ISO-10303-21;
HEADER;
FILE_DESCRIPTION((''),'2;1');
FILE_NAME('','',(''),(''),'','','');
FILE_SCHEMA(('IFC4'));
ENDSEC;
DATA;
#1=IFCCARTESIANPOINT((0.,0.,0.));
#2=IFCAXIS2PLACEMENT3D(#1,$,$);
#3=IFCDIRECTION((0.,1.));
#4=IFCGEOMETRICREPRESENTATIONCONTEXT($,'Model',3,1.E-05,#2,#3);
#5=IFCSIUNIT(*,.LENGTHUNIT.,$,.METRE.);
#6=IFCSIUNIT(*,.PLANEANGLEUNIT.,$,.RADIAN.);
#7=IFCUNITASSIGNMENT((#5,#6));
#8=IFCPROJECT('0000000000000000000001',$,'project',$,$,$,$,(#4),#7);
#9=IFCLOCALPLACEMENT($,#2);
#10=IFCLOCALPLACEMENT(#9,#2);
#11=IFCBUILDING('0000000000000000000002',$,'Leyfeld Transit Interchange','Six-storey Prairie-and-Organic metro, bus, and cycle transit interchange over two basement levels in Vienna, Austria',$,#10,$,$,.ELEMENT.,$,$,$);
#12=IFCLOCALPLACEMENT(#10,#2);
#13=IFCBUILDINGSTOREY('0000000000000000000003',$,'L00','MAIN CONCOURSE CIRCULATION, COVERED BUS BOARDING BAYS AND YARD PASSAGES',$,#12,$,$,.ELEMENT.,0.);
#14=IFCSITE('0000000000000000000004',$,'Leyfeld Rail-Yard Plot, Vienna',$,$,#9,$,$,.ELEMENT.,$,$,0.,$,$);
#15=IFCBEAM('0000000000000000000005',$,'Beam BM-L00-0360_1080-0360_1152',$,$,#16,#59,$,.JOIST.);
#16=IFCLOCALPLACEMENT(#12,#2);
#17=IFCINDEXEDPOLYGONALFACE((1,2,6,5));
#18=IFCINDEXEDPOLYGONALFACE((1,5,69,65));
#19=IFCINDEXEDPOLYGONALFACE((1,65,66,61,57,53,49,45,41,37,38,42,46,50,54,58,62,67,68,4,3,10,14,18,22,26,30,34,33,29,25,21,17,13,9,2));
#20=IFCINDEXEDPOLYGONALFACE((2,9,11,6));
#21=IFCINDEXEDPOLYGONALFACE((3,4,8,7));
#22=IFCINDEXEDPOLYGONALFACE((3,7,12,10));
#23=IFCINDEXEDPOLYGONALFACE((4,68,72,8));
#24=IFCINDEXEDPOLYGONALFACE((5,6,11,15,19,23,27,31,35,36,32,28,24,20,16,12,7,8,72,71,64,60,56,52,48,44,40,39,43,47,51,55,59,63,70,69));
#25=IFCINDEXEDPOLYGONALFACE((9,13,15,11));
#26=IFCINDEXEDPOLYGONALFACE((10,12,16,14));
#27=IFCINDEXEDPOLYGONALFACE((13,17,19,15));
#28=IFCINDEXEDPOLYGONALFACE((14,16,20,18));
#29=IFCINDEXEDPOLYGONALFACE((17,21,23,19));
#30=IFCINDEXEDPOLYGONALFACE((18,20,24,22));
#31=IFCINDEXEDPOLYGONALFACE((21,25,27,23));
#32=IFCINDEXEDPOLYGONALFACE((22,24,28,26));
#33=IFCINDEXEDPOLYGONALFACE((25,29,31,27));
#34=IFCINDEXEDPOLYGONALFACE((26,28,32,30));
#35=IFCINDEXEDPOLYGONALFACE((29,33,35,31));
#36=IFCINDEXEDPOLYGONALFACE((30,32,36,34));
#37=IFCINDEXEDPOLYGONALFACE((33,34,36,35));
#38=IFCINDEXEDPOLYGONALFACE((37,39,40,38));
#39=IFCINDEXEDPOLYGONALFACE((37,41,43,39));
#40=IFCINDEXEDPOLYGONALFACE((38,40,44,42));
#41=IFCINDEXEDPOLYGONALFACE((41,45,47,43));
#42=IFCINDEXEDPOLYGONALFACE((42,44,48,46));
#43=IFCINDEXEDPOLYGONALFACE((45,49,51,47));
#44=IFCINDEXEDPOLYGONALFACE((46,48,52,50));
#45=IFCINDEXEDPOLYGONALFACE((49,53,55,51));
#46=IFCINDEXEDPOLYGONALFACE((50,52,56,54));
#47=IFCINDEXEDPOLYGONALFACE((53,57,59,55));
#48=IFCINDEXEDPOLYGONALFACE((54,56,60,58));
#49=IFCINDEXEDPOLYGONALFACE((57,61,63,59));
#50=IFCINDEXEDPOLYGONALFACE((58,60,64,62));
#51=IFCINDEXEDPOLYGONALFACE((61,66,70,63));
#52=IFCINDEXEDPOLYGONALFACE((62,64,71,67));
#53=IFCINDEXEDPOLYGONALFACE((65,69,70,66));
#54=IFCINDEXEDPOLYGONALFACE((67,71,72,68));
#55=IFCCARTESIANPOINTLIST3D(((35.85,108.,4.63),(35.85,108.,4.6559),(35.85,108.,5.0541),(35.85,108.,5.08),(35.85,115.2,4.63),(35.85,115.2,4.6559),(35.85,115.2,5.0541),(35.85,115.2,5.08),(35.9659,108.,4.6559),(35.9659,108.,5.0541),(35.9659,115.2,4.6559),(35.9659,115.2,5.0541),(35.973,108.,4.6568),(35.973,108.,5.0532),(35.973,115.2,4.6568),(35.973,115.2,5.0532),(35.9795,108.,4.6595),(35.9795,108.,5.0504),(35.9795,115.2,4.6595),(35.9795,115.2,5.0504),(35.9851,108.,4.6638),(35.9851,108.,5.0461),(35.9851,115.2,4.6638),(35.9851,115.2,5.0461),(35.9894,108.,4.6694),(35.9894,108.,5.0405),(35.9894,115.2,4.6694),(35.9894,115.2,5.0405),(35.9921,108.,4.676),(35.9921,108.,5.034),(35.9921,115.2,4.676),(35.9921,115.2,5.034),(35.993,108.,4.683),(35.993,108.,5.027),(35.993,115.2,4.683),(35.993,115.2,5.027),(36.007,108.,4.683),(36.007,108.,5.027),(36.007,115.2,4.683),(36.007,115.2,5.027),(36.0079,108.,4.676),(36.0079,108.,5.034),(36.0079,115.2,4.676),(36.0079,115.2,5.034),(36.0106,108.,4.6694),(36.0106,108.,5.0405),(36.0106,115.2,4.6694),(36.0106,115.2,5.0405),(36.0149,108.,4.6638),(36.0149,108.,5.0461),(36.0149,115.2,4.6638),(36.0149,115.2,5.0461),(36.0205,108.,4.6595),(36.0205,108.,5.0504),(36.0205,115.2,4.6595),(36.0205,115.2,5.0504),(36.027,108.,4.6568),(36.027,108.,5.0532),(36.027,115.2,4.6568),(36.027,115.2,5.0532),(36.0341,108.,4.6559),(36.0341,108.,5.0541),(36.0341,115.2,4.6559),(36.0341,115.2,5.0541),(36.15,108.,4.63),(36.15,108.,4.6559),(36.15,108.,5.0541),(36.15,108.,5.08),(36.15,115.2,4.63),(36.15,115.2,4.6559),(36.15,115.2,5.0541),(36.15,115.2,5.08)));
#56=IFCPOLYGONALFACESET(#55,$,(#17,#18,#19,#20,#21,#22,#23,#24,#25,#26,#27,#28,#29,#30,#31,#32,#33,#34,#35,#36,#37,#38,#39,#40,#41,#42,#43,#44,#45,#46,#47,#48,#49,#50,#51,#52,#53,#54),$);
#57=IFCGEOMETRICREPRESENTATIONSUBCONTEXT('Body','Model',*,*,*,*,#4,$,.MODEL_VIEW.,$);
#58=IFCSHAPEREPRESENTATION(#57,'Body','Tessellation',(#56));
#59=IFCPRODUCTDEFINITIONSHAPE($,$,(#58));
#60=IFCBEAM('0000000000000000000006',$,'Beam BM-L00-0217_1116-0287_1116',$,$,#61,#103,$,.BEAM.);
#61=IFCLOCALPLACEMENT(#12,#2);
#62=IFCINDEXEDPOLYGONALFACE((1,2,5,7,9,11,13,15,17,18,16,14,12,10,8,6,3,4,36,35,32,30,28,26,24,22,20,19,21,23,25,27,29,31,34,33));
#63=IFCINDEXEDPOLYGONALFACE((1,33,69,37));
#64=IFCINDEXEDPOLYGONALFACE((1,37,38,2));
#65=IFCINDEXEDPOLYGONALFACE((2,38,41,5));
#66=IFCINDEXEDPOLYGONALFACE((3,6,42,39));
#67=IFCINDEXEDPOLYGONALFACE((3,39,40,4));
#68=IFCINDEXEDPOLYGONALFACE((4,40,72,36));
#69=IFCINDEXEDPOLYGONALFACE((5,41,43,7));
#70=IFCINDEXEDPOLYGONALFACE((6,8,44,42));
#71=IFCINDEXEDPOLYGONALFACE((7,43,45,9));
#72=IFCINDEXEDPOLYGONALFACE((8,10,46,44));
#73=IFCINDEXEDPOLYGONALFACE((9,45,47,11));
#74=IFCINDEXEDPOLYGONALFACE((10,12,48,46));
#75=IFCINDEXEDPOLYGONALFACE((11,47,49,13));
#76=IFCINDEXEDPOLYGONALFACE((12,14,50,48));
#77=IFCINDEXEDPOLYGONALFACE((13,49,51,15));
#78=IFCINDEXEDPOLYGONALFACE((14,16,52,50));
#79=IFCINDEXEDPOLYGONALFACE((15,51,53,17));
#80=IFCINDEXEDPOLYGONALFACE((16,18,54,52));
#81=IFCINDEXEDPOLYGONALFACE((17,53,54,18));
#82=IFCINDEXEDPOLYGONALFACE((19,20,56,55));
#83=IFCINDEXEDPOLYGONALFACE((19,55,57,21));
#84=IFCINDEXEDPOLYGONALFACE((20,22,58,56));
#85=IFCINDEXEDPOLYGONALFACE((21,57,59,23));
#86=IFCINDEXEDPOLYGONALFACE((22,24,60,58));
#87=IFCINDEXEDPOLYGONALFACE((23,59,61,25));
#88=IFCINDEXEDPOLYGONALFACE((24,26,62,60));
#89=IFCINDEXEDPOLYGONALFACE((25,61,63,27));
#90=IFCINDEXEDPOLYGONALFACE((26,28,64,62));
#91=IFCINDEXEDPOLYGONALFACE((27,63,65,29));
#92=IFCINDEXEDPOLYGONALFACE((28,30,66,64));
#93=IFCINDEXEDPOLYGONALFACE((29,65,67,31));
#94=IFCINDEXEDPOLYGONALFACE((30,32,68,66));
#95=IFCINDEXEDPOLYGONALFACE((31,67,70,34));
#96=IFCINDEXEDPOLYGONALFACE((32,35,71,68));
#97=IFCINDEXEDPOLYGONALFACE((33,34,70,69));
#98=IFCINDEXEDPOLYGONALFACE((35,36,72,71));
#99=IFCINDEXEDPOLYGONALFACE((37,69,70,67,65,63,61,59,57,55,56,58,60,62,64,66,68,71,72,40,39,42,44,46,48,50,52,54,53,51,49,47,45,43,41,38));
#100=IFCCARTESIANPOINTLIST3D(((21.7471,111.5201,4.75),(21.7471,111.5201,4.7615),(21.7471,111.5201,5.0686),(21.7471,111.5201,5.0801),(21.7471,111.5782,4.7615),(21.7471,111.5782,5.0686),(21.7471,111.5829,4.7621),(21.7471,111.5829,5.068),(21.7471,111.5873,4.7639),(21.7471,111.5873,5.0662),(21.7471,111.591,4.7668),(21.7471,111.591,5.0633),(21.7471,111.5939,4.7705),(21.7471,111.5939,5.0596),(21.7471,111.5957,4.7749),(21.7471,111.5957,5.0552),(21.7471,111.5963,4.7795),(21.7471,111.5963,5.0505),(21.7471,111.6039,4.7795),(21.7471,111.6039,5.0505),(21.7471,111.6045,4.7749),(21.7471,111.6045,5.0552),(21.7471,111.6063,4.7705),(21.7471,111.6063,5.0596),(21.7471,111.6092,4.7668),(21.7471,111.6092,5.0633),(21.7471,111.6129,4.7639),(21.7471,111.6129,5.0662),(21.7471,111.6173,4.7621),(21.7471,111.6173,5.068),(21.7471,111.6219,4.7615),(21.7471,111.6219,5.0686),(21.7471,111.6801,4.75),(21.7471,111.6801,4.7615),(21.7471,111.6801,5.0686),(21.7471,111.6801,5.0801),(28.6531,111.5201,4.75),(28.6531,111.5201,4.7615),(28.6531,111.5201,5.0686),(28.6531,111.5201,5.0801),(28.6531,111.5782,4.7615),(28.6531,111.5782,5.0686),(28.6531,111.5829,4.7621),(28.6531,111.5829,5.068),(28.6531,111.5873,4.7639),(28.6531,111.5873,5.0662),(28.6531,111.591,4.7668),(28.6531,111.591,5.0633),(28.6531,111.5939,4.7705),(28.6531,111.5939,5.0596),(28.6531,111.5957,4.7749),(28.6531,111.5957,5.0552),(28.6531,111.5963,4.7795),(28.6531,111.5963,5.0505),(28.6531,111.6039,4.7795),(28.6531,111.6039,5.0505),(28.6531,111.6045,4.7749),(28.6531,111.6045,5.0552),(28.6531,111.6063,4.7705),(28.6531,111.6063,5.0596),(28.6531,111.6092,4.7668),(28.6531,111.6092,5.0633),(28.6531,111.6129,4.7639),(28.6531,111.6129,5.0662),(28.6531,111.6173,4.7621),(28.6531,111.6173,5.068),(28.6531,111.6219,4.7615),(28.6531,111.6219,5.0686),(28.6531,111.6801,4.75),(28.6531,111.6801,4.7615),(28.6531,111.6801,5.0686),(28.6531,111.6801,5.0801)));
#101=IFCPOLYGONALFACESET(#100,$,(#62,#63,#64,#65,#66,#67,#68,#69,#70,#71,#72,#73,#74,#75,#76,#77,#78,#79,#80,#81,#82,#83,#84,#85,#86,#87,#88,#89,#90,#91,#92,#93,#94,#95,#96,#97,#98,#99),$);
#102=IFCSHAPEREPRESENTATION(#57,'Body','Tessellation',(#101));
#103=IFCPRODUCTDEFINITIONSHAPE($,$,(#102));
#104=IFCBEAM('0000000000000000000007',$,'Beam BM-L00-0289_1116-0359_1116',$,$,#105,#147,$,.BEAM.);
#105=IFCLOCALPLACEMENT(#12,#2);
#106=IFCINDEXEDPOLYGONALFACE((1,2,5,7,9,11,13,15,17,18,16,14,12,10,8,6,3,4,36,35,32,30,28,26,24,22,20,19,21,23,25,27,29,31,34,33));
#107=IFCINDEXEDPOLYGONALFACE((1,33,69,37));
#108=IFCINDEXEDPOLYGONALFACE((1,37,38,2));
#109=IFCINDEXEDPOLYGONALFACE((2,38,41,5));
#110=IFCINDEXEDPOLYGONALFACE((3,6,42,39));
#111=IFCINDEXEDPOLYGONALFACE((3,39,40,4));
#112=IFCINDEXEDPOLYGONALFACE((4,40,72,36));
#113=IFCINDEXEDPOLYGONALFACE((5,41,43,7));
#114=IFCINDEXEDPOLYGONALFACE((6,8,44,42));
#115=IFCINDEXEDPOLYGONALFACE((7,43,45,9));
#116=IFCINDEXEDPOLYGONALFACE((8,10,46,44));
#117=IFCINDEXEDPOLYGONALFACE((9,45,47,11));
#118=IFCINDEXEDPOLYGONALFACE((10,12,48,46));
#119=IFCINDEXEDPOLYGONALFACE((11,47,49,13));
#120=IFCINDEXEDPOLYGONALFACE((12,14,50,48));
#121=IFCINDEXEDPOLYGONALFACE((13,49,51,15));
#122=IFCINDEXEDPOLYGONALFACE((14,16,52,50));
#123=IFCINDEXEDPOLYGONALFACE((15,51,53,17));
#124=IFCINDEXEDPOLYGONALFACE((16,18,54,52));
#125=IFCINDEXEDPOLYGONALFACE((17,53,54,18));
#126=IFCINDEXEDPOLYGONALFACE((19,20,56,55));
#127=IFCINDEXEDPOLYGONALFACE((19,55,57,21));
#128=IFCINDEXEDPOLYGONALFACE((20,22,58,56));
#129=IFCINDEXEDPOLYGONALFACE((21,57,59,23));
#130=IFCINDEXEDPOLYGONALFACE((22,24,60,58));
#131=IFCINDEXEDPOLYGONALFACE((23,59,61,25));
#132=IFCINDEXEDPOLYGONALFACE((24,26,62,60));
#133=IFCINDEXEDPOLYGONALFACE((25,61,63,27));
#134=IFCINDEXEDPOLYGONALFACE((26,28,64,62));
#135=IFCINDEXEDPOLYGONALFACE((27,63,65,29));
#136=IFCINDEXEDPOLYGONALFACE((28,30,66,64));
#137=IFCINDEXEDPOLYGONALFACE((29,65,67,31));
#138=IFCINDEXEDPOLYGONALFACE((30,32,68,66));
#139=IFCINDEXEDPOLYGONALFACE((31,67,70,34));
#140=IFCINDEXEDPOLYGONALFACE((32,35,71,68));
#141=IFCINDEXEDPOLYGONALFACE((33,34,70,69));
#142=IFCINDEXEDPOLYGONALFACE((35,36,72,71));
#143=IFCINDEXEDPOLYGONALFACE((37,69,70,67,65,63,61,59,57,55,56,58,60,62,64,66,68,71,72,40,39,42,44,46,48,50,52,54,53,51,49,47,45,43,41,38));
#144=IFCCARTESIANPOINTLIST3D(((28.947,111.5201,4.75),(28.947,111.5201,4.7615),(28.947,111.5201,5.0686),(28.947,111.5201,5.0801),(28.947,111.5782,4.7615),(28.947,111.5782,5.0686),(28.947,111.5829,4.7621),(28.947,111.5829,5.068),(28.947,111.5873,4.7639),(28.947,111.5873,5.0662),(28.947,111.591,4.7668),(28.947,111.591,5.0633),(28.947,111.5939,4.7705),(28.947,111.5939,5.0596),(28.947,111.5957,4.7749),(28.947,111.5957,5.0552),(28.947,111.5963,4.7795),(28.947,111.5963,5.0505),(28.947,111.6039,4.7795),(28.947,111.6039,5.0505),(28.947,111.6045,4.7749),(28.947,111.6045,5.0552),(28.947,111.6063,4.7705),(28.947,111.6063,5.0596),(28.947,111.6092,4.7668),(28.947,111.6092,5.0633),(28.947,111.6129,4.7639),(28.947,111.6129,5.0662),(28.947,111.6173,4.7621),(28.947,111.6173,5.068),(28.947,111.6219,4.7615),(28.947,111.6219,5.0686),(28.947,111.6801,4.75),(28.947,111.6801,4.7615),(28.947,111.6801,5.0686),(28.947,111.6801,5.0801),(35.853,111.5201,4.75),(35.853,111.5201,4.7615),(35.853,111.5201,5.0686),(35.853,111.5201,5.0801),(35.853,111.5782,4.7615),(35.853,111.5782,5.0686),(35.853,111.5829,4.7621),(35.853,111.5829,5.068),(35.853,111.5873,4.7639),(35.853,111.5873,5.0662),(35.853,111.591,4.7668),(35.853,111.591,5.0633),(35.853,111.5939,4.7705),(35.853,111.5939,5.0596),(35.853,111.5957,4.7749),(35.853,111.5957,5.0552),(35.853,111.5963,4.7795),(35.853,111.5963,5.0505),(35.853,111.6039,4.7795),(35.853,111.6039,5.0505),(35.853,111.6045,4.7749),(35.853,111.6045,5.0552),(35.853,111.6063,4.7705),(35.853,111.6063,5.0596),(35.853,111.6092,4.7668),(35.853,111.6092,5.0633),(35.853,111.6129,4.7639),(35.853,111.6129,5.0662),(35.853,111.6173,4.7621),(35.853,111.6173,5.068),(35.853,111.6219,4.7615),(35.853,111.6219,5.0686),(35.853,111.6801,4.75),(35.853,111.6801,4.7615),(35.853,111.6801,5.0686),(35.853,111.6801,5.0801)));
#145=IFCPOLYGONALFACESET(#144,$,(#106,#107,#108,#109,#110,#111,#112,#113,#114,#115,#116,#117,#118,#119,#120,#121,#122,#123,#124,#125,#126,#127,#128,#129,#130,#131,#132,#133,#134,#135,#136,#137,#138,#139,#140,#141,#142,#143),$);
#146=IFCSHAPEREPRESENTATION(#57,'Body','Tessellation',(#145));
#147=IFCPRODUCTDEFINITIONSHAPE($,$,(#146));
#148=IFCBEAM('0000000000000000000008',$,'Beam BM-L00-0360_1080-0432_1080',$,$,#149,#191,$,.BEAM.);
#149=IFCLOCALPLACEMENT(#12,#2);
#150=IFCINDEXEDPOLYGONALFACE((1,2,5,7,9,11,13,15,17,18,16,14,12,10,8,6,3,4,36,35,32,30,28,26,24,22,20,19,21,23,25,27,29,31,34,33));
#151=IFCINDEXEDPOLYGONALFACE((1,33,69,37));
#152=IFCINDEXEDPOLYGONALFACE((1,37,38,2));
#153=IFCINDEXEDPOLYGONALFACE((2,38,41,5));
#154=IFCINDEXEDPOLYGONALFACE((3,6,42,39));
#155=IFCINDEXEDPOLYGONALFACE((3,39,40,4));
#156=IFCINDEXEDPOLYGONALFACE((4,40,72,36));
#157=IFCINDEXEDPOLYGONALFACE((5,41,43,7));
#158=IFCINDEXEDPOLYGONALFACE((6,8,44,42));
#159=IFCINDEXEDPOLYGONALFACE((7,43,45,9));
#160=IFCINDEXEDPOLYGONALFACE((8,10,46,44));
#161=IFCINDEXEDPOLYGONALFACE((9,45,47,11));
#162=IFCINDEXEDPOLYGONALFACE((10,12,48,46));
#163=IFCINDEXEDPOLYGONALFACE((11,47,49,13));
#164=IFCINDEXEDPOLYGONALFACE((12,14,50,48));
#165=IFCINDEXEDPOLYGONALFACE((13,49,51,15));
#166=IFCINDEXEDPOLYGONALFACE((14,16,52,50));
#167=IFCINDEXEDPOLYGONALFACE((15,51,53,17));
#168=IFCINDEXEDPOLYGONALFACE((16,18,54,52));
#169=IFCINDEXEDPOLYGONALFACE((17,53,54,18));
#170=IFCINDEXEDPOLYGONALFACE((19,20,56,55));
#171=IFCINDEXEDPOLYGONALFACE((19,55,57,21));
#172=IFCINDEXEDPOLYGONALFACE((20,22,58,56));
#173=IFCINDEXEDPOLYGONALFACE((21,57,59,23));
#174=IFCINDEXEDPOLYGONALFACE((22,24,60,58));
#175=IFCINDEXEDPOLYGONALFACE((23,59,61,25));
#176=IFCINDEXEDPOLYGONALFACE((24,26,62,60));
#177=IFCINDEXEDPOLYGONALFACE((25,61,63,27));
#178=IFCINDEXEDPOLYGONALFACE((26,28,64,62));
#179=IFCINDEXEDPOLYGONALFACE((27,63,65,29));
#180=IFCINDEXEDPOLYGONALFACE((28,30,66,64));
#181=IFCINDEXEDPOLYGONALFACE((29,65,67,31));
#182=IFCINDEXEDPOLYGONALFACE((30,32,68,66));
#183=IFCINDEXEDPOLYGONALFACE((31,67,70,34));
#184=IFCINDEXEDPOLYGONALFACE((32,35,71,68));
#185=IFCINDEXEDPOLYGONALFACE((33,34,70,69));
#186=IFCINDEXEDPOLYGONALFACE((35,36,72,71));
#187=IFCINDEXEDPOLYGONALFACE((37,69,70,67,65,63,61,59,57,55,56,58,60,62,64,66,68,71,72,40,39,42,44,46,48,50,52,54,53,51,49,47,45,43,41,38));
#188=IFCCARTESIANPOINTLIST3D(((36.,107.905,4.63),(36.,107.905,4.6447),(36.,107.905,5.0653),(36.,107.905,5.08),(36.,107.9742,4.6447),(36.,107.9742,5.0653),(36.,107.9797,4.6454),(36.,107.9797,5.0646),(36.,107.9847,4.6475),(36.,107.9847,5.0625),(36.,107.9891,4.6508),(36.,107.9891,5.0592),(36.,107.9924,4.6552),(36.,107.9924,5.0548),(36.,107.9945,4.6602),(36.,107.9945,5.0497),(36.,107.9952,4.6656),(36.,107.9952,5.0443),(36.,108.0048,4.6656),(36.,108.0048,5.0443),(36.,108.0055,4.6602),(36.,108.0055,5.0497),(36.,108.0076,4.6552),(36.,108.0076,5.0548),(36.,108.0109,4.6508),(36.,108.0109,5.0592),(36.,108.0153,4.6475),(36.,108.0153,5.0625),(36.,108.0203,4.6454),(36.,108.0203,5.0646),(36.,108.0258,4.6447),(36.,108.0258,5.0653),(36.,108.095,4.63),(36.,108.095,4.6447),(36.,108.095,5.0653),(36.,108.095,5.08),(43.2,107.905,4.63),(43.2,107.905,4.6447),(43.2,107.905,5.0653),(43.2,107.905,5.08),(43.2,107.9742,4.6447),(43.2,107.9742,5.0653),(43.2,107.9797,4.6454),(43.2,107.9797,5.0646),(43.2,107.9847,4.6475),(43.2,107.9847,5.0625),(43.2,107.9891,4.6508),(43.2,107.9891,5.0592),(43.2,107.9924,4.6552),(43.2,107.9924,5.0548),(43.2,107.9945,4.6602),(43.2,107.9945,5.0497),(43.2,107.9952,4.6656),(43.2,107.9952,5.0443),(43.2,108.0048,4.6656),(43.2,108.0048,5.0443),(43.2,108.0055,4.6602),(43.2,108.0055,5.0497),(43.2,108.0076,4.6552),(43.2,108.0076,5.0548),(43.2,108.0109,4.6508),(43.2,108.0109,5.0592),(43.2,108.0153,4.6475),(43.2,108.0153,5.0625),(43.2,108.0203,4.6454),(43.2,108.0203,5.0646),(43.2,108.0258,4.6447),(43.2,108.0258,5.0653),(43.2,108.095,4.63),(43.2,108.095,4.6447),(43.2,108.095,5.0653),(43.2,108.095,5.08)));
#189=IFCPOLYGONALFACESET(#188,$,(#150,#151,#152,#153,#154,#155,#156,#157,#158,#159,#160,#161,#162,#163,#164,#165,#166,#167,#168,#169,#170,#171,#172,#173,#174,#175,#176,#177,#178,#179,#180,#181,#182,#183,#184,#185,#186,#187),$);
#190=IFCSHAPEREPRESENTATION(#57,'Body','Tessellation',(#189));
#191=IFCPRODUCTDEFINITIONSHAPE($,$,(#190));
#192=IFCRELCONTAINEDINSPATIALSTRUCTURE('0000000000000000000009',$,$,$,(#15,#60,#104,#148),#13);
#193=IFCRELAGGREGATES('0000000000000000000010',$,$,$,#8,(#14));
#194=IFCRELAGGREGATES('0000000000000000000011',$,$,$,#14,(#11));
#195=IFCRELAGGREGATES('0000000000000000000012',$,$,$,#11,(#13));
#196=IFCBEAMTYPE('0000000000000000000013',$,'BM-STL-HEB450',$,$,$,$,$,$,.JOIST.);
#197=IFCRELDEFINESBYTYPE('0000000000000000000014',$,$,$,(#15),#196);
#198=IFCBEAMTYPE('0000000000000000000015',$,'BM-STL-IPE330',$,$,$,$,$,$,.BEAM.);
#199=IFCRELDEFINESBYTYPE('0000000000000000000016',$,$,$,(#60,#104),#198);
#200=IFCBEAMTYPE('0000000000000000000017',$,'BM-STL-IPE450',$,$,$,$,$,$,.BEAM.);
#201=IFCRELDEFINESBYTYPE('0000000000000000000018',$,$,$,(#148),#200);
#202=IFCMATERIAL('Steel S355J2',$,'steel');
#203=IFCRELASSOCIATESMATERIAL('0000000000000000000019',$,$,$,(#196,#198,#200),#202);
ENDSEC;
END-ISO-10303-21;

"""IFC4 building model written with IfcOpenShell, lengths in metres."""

from ifc_helpers import new_model, si_unit, direction, frame, origin, origin_2d, place, context, subcontext, project, spatial, i_section, extrude, material, material_profile, profile_set, type_object, element, save


model = new_model("IFC4")

# Units and contexts
model_context = context("Model", 3, precision=1e-05, world=origin(), true_north=direction((0.0, 1.0)))
body_context = subcontext(model_context, "Body", "Model", "MODEL_VIEW")
ifc_project = project(units=[si_unit("LENGTHUNIT", "METRE"), si_unit("PLANEANGLEUNIT", "RADIAN")], contexts=[model_context])

# Site, building, storey
site_placement = place(None, origin())
site = spatial("IfcSite", under=ifc_project, at=site_placement, Name="Leyfeld Rail-Yard Plot, Vienna", CompositionType="ELEMENT", RefElevation=0.0)
building_placement = place(site_placement, origin())
building = spatial("IfcBuilding", under=site, at=building_placement, Name="Leyfeld Transit Interchange", Description="Six-storey Prairie-and-Organic metro, bus, and cycle transit interchange over two basement levels in Vienna, Austria", CompositionType="ELEMENT")
storey_placement = place(building_placement, origin())
storey = spatial("IfcBuildingStorey", under=building, at=storey_placement, Name="L00", Description="MAIN CONCOURSE CIRCULATION, COVERED BUS BOARDING BAYS AND YARD PASSAGES", CompositionType="ELEMENT", Elevation=0.0)

# Beams
ifc_material_1 = material(Name="Steel S355J2", Category="steel")
ifc_material_profile_1 = material_profile(ifc_material_1, i_section(OverallWidth=0.3, OverallDepth=0.45, WebThickness=0.0139, FlangeThickness=0.0259, FilletRadius=0.0271, at=origin_2d()), Name="HEB 450")
ifc_profile_set_1 = profile_set([ifc_material_profile_1], Name="Steel S355J2")
beam_type_1 = type_object("IfcBeamType", Name="BM-STL-HEB450", PredefinedType="JOIST", material=ifc_profile_set_1)
for number, where, z_axis, x_axis, name in (
    (1, (36.0, 108.0, 4.855), (0.0, 1.0, 0.0), (-1.0, 0.0, 0.0), "Beam BM-L00-0360_1080-0360_1152"),
):
    element("IfcBeam", number, at=place(storey_placement, frame(where, z_axis=z_axis, x_axis=x_axis)), inside=storey, type_object=beam_type_1, Name=name, PredefinedType="JOIST", context=body_context, shape_type="SweptSolid", body=[
        extrude(i_section(OverallWidth=0.3, OverallDepth=0.45, WebThickness=0.0139, FlangeThickness=0.0259, FilletRadius=0.0271, at=origin_2d()), origin(), (0.0, 0.0, 1.0), 7.2),
    ])
ifc_material_profile_2 = material_profile(ifc_material_1, i_section(OverallWidth=0.1599, OverallDepth=0.3301, WebThickness=0.0076, FlangeThickness=0.0115, FilletRadius=0.0181, at=origin_2d()), Name="IPE 330")
ifc_profile_set_2 = profile_set([ifc_material_profile_2], Name="Steel S355J2")
beam_type_2 = type_object("IfcBeamType", Name="BM-STL-IPE330", PredefinedType="BEAM", material=ifc_profile_set_2)
for number, where, z_axis, x_axis, name in (
    (2, (21.7471, 111.6001, 4.915), (1.0, 0.0, 0.0), (0.0, 1.0, 0.0), "Beam BM-L00-0217_1116-0287_1116"),
    (3, (28.947, 111.6001, 4.915), (1.0, 0.0, 0.0), (0.0, 1.0, 0.0), "Beam BM-L00-0289_1116-0359_1116"),
):
    element("IfcBeam", number, at=place(storey_placement, frame(where, z_axis=z_axis, x_axis=x_axis)), inside=storey, type_object=beam_type_2, Name=name, PredefinedType="BEAM", context=body_context, shape_type="SweptSolid", body=[
        extrude(i_section(OverallWidth=0.1599, OverallDepth=0.3301, WebThickness=0.0076, FlangeThickness=0.0115, FilletRadius=0.0181, at=origin_2d()), origin(), (0.0, 0.0, 1.0), 6.906),
    ])
ifc_material_profile_3 = material_profile(ifc_material_1, i_section(OverallWidth=0.1899, OverallDepth=0.45, WebThickness=0.0095, FlangeThickness=0.0146, FilletRadius=0.021, at=origin_2d()), Name="IPE 450")
ifc_profile_set_3 = profile_set([ifc_material_profile_3], Name="Steel S355J2")
beam_type_3 = type_object("IfcBeamType", Name="BM-STL-IPE450", PredefinedType="BEAM", material=ifc_profile_set_3)
for number, where, z_axis, x_axis, name in (
    (4, (36.0, 108.0, 4.855), (1.0, 0.0, 0.0), (0.0, 1.0, 0.0), "Beam BM-L00-0360_1080-0432_1080"),
):
    element("IfcBeam", number, at=place(storey_placement, frame(where, z_axis=z_axis, x_axis=x_axis)), inside=storey, type_object=beam_type_3, Name=name, PredefinedType="BEAM", context=body_context, shape_type="SweptSolid", body=[
        extrude(i_section(OverallWidth=0.1899, OverallDepth=0.45, WebThickness=0.0095, FlangeThickness=0.0146, FilletRadius=0.021, at=origin_2d()), origin(), (0.0, 0.0, 1.0), 7.2),
    ])

save(model, "model.ifc")
